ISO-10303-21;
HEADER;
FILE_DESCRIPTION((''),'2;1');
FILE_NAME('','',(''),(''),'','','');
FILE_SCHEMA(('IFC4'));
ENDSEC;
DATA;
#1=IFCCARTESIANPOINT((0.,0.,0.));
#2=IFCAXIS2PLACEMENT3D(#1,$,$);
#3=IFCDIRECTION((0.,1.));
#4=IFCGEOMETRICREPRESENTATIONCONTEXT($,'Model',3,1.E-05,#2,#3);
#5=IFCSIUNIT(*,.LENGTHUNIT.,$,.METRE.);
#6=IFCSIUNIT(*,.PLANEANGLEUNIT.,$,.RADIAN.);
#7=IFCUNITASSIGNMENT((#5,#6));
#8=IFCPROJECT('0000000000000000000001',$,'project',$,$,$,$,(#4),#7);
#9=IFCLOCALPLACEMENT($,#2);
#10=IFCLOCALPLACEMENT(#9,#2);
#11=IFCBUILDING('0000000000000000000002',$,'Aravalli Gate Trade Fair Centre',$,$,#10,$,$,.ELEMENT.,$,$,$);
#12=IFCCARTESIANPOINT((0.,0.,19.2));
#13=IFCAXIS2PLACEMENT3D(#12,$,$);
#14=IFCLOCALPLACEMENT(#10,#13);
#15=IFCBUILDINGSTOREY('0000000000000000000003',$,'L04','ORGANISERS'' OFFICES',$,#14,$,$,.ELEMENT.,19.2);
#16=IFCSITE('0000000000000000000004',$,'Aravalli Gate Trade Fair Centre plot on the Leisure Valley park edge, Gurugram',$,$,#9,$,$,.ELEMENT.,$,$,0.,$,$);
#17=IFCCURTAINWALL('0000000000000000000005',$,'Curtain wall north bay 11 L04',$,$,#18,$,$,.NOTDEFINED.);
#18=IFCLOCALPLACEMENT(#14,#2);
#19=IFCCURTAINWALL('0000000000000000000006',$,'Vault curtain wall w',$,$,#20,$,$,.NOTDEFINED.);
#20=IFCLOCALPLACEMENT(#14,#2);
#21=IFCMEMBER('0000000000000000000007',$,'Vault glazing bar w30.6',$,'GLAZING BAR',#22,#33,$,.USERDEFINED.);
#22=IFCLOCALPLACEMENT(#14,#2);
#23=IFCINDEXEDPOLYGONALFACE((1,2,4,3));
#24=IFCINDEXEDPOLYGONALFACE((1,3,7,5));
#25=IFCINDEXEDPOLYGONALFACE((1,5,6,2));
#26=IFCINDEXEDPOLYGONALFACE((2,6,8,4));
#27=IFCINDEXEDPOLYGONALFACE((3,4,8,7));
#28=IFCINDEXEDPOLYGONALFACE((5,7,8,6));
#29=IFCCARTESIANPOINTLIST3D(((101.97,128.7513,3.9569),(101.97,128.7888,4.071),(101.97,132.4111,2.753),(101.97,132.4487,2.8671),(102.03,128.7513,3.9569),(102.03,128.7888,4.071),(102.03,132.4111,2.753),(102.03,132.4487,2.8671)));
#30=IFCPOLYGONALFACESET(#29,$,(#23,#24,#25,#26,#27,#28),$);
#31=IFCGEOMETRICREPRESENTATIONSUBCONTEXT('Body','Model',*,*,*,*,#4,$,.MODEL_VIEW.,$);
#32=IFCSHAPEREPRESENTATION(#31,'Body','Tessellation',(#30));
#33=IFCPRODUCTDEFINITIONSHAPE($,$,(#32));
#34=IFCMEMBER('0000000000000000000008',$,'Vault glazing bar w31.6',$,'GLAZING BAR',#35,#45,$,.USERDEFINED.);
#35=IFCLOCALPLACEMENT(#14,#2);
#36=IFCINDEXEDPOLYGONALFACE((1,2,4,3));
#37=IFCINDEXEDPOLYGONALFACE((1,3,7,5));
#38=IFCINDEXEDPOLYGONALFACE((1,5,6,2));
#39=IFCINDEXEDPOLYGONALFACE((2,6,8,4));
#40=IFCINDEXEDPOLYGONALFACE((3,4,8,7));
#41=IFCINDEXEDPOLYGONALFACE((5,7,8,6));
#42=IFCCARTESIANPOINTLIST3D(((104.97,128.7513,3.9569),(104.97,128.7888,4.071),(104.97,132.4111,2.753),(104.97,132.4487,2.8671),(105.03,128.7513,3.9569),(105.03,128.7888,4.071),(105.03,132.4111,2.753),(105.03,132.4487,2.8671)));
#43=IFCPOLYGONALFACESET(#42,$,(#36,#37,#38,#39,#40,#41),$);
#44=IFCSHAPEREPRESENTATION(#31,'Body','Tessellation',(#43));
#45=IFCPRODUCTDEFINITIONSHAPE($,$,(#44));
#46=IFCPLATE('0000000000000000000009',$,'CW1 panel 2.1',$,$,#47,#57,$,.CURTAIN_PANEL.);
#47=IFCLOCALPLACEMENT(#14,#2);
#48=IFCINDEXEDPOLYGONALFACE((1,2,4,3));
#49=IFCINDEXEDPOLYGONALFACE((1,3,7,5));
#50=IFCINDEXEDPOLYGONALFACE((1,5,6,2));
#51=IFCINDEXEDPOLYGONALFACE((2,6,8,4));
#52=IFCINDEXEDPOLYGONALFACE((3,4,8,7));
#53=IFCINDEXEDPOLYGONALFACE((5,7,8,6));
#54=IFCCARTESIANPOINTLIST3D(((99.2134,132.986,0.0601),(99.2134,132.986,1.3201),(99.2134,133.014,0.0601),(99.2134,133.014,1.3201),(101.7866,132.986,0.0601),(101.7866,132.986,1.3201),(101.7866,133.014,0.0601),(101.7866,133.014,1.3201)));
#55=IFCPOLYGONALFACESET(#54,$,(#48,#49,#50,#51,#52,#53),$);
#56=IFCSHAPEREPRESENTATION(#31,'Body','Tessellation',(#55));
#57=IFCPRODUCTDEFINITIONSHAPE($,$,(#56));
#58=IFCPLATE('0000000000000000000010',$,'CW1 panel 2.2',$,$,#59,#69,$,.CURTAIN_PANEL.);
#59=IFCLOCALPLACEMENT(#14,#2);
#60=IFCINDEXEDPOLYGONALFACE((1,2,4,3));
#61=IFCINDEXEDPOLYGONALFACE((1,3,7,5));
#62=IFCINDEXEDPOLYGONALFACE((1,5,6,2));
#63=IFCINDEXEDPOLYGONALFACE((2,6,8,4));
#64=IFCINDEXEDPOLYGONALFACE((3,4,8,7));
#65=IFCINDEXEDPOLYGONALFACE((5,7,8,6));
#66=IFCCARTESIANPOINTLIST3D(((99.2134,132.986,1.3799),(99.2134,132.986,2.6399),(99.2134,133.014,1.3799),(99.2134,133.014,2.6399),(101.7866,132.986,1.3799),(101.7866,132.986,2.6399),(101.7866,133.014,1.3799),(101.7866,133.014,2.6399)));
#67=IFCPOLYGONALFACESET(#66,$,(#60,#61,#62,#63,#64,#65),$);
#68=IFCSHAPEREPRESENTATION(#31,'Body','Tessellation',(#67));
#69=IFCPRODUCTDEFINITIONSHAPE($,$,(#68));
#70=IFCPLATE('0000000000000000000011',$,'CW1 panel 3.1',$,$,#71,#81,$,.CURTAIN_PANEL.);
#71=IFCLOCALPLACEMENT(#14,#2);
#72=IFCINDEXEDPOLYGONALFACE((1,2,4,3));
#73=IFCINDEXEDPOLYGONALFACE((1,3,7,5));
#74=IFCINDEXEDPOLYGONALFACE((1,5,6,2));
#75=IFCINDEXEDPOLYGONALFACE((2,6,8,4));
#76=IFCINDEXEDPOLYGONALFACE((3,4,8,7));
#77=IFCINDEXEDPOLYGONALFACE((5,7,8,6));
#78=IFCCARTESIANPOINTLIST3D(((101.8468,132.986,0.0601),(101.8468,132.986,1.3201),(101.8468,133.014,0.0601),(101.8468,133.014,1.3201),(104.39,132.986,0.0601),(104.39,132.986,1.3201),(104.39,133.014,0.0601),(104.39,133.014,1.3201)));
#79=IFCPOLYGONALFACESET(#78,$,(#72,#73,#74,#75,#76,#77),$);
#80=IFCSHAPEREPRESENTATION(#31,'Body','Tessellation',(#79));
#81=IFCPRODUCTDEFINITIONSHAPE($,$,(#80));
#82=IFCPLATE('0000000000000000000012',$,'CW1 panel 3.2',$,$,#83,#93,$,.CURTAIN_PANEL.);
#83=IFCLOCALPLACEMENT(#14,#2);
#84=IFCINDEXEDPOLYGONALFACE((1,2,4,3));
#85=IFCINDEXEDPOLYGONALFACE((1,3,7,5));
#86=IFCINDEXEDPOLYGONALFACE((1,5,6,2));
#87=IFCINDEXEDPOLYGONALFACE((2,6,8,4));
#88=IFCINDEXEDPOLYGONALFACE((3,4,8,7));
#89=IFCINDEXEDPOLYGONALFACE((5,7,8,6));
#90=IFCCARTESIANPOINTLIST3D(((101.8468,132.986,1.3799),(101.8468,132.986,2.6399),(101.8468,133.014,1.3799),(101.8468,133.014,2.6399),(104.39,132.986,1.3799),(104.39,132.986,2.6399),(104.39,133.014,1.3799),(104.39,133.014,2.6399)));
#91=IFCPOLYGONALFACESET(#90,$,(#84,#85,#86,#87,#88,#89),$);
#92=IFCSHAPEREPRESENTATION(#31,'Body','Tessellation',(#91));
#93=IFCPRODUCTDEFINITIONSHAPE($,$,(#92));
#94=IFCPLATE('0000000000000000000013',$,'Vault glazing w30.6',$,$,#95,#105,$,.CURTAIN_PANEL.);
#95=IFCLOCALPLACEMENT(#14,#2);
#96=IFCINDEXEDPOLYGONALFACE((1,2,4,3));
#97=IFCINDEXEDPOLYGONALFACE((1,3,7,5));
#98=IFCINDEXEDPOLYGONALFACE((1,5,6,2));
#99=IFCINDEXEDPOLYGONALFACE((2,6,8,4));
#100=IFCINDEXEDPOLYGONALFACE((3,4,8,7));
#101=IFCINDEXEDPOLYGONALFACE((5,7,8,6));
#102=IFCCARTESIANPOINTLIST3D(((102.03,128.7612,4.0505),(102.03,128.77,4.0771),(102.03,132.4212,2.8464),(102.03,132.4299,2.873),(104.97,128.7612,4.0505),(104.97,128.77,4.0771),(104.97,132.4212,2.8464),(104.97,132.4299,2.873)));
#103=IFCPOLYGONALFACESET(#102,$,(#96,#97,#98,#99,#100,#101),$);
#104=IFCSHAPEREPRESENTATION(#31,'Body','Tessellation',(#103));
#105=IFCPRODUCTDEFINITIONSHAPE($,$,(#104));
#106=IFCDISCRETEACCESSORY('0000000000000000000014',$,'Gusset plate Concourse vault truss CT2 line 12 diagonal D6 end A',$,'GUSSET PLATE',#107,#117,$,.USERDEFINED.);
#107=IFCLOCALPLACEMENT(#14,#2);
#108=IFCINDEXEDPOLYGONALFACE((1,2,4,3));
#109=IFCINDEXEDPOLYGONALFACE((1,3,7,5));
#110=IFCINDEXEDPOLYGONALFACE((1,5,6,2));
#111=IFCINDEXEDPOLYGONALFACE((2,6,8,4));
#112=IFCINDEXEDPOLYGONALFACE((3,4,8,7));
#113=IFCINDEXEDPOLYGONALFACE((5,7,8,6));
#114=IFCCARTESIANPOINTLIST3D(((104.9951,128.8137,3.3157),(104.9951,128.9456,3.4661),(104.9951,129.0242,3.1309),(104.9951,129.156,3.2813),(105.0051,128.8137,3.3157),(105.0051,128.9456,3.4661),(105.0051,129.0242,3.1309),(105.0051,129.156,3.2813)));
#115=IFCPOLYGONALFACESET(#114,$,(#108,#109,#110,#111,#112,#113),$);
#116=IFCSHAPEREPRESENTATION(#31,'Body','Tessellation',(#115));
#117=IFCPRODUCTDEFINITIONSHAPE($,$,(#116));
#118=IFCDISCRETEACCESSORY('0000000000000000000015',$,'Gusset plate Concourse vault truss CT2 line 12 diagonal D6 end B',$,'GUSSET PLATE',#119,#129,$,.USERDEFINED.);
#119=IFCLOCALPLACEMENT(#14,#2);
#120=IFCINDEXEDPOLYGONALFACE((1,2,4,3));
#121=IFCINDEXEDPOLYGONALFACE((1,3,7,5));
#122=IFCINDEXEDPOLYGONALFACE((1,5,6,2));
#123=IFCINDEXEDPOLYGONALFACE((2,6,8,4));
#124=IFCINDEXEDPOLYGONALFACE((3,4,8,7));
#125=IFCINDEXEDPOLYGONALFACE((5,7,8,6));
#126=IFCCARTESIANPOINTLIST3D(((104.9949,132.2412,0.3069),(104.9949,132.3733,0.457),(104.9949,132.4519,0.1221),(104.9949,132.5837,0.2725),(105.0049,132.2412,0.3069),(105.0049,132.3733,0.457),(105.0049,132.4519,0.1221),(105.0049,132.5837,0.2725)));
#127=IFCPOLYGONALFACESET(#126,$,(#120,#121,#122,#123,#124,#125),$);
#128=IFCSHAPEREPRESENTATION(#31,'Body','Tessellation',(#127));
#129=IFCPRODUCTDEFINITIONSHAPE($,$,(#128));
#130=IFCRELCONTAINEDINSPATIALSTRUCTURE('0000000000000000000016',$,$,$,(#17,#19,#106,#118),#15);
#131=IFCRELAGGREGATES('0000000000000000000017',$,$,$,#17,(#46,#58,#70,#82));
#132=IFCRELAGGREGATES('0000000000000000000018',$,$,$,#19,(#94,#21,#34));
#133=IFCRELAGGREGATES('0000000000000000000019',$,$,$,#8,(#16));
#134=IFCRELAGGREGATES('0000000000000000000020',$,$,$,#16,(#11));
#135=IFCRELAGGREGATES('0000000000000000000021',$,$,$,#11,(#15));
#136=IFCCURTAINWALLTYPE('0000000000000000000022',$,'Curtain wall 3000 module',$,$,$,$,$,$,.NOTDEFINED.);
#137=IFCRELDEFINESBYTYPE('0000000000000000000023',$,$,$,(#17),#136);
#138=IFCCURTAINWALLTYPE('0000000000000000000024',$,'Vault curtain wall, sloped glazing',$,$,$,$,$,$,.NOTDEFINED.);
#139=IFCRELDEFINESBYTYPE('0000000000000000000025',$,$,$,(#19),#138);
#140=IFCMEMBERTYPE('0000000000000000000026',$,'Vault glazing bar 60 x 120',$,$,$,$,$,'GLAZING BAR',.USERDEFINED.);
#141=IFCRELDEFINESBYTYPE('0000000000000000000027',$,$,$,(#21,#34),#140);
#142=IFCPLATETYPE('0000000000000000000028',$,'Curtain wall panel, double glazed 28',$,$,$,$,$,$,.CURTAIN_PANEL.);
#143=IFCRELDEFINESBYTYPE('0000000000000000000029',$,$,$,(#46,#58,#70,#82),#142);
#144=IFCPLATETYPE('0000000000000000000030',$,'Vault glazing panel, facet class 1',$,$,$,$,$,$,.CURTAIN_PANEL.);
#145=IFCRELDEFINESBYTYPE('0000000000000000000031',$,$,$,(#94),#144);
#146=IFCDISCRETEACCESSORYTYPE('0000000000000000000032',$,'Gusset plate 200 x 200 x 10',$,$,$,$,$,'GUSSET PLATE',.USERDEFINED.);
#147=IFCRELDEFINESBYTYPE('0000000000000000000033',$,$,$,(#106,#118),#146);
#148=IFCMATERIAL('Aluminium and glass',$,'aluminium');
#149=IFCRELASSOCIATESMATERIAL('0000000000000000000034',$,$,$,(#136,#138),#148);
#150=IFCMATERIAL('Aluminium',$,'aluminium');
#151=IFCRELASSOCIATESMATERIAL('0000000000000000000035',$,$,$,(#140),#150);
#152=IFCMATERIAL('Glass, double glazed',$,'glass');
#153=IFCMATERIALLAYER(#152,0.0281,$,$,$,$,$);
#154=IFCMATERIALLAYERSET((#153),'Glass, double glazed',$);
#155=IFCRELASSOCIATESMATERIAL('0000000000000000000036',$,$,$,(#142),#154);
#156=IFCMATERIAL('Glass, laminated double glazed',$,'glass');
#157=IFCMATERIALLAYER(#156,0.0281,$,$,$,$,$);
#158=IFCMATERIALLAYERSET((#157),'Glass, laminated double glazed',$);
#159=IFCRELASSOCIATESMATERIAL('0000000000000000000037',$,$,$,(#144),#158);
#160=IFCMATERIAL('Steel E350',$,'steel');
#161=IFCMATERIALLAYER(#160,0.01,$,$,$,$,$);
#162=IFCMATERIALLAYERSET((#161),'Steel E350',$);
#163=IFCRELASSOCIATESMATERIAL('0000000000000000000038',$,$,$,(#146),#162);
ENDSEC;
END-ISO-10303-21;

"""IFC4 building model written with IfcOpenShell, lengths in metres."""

from ifc_helpers import new_model, si_unit, direction, frame, origin, origin_2d, place, context, subcontext, project, spatial, polyline, rectangle, outline, extrude, material, layer, layer_set, material_profile, profile_set, type_object, element, aggregate, save


model = new_model("IFC4")

# Units and contexts
model_context = context("Model", 3, precision=1e-05, world=origin(), true_north=direction((0.0, 1.0)))
body_context = subcontext(model_context, "Body", "Model", "MODEL_VIEW")
ifc_project = project(units=[si_unit("LENGTHUNIT", "METRE"), si_unit("PLANEANGLEUNIT", "RADIAN")], contexts=[model_context])

# Site, building, storey
site_placement = place(None, origin())
site = spatial("IfcSite", under=ifc_project, at=site_placement, Name="Aravalli Gate Trade Fair Centre plot on the Leisure Valley park edge, Gurugram", CompositionType="ELEMENT", RefElevation=0.0)
building_placement = place(site_placement, origin())
building = spatial("IfcBuilding", under=site, at=building_placement, Name="Aravalli Gate Trade Fair Centre", CompositionType="ELEMENT")
storey_placement = place(building_placement, frame((0.0, 0.0, 19.2)))
storey = spatial("IfcBuildingStorey", under=building, at=storey_placement, Name="L04", Description="ORGANISERS' OFFICES", CompositionType="ELEMENT", Elevation=19.2)

# Curtain wall
ifc_material_1 = material(Name="Aluminium and glass", Category="aluminium")
curtain_wall_type_1 = type_object("IfcCurtainWallType", Name="Curtain wall 3000 module", PredefinedType="NOTDEFINED", material=ifc_material_1)
curtain_wall_1_placement = place(storey_placement, origin())
curtain_wall_1 = element("IfcCurtainWall", 1, at=curtain_wall_1_placement, inside=storey, type_object=curtain_wall_type_1, Name="Curtain wall north bay 11 L04", PredefinedType="NOTDEFINED")
ifc_material_2 = material(Name="Aluminium", Category="aluminium")

# Shared definitions
ifc_material_3 = material(Name="Steel E350", Category="steel")

# Curtain wall, members
curtain_wall_type_2 = type_object("IfcCurtainWallType", Name="Vault curtain wall, sloped glazing", PredefinedType="NOTDEFINED", material=ifc_material_1)
curtain_wall_2_placement = place(storey_placement, origin())
curtain_wall_2 = element("IfcCurtainWall", 2, at=curtain_wall_2_placement, inside=storey, type_object=curtain_wall_type_2, Name="Vault curtain wall w", PredefinedType="NOTDEFINED")
ifc_material_profile_1 = material_profile(ifc_material_2, rectangle(XDim=0.0601, YDim=0.1201, at=origin_2d()), Name="Vault glazing bar 60 x 120")
ifc_profile_set_1 = profile_set([ifc_material_profile_1], Name="Aluminium")
member_type_1 = type_object("IfcMemberType", Name="Vault glazing bar 60 x 120", ElementType="GLAZING BAR", PredefinedType="USERDEFINED", material=ifc_profile_set_1)
member_1_placement = place(storey_placement, frame((102.0, 128.77, 4.0139), z_axis=(0.0, 0.94993, -0.312461), x_axis=(-1.0, 0.0, 0.0)))
member_1 = element("IfcMember", 3, at=member_1_placement, type_object=member_type_1, Name="Vault glazing bar w30.6", ObjectType="GLAZING BAR", PredefinedType="USERDEFINED", context=body_context, shape_type="SweptSolid", body=[
    extrude(rectangle(XDim=0.0601, YDim=0.1201, at=origin_2d()), origin(), (0.0, 0.0, 1.0), 3.8528),
])
member_2_placement = place(storey_placement, frame((105.0, 128.77, 4.0139), z_axis=(0.0, 0.94993, -0.312461), x_axis=(-1.0, 0.0, 0.0)))
member_2 = element("IfcMember", 4, at=member_2_placement, type_object=member_type_1, Name="Vault glazing bar w31.6", ObjectType="GLAZING BAR", PredefinedType="USERDEFINED", context=body_context, shape_type="SweptSolid", body=[
    extrude(rectangle(XDim=0.0601, YDim=0.1201, at=origin_2d()), origin(), (0.0, 0.0, 1.0), 3.8528),
])

# Plates
ifc_material_4 = material(Name="Glass, double glazed", Category="glass")
ifc_layer_1 = layer(ifc_material_4, 0.0281)
ifc_layer_set_1 = layer_set([ifc_layer_1], Name="Glass, double glazed")
plate_type_1 = type_object("IfcPlateType", Name="Curtain wall panel, double glazed 28", PredefinedType="CURTAIN_PANEL", material=ifc_layer_set_1)
plate_1_placement = place(storey_placement, frame((100.5, 133.0, 0.0601), z_axis=(0.0, 0.0, 1.0), x_axis=(1.0, 0.0, 0.0)))
plate_1 = element("IfcPlate", 5, at=plate_1_placement, type_object=plate_type_1, Name="CW1 panel 2.1", PredefinedType="CURTAIN_PANEL", context=body_context, shape_type="SweptSolid", body=[
    extrude(rectangle(XDim=2.5732, YDim=0.0281, at=origin_2d()), origin(), (0.0, 0.0, 1.0), 1.26),
])
plate_2_placement = place(storey_placement, frame((100.5, 133.0, 1.3799), z_axis=(0.0, 0.0, 1.0), x_axis=(1.0, 0.0, 0.0)))
plate_2 = element("IfcPlate", 6, at=plate_2_placement, type_object=plate_type_1, Name="CW1 panel 2.2", PredefinedType="CURTAIN_PANEL", context=body_context, shape_type="SweptSolid", body=[
    extrude(rectangle(XDim=2.5732, YDim=0.0281, at=origin_2d()), origin(), (0.0, 0.0, 1.0), 1.26),
])
plate_3_placement = place(storey_placement, frame((103.1184, 133.0, 0.0601), z_axis=(0.0, 0.0, 1.0), x_axis=(1.0, 0.0, 0.0)))
plate_3 = element("IfcPlate", 7, at=plate_3_placement, type_object=plate_type_1, Name="CW1 panel 3.1", PredefinedType="CURTAIN_PANEL", context=body_context, shape_type="SweptSolid", body=[
    extrude(rectangle(XDim=2.5432, YDim=0.0281, at=origin_2d()), origin(), (0.0, 0.0, 1.0), 1.26),
])
plate_4_placement = place(storey_placement, frame((103.1184, 133.0, 1.3799), z_axis=(0.0, 0.0, 1.0), x_axis=(1.0, 0.0, 0.0)))
plate_4 = element("IfcPlate", 8, at=plate_4_placement, type_object=plate_type_1, Name="CW1 panel 3.2", PredefinedType="CURTAIN_PANEL", context=body_context, shape_type="SweptSolid", body=[
    extrude(rectangle(XDim=2.5432, YDim=0.0281, at=origin_2d()), origin(), (0.0, 0.0, 1.0), 1.26),
])
aggregate(curtain_wall_1, [plate_1, plate_2, plate_3, plate_4])
ifc_material_5 = material(Name="Glass, laminated double glazed", Category="glass")
ifc_layer_2 = layer(ifc_material_5, 0.0281)
ifc_layer_set_2 = layer_set([ifc_layer_2], Name="Glass, laminated double glazed")
plate_type_2 = type_object("IfcPlateType", Name="Vault glazing panel, facet class 1", PredefinedType="CURTAIN_PANEL", material=ifc_layer_set_2)
plate_5_placement = place(storey_placement, frame((102.03, 128.77, 4.0771), z_axis=(0.0, 0.312518, 0.949912), x_axis=(1.0, 0.0, 0.0)))
plate_5 = element("IfcPlate", 9, at=plate_5_placement, type_object=plate_type_2, Name="Vault glazing w30.6", PredefinedType="CURTAIN_PANEL", context=body_context, shape_type="SweptSolid", body=[
    extrude(outline(polyline([(0.0, 0.0), (2.9399, 0.0), (2.9399, 3.8529), (0.0, 3.8529), (0.0, 0.0)])), origin(), (0.0, 0.0, -1.0), 0.0281),
])
aggregate(curtain_wall_2, [plate_5, member_1, member_2])

# Discrete accessories
ifc_layer_3 = layer(ifc_material_3, 0.01)
ifc_layer_set_3 = layer_set([ifc_layer_3], Name="Steel E350")
discrete_accessory_type = type_object("IfcDiscreteAccessoryType", Name="Gusset plate 200 x 200 x 10", ElementType="GUSSET PLATE", PredefinedType="USERDEFINED", material=ifc_layer_set_3)
discrete_accessory_1_placement = place(storey_placement, frame((104.9951, 129.0242, 3.1309), z_axis=(-1.0, 0.0, 0.0), x_axis=(0.0, -0.751388, 0.659861)))
element("IfcDiscreteAccessory", 10, at=discrete_accessory_1_placement, inside=storey, type_object=discrete_accessory_type, Name="Gusset plate Concourse vault truss CT2 line 12 diagonal D6 end A", ObjectType="GUSSET PLATE", PredefinedType="USERDEFINED", context=body_context, shape_type="SweptSolid", body=[
    extrude(outline(polyline([(0.0, 0.0), (0.2801, 0.0), (0.2803, 0.2), (0.0002, 0.2), (0.0, 0.0)])), origin(), (0.0, 0.0, -1.0), 0.01),
])
discrete_accessory_2_placement = place(storey_placement, frame((105.0049, 132.2412, 0.3069), z_axis=(1.0, 0.0, 0.0), x_axis=(0.0, 0.751767, -0.659429)))
element("IfcDiscreteAccessory", 11, at=discrete_accessory_2_placement, inside=storey, type_object=discrete_accessory_type, Name="Gusset plate Concourse vault truss CT2 line 12 diagonal D6 end B", ObjectType="GUSSET PLATE", PredefinedType="USERDEFINED", context=body_context, shape_type="SweptSolid", body=[
    extrude(outline(polyline([(0.0, 0.0), (0.2803, 0.0), (0.2802, 0.2), (0.0003, 0.2), (0.0, 0.0)])), origin(), (0.0, 0.0, -1.0), 0.01),
])

save(model, "model.ifc")
